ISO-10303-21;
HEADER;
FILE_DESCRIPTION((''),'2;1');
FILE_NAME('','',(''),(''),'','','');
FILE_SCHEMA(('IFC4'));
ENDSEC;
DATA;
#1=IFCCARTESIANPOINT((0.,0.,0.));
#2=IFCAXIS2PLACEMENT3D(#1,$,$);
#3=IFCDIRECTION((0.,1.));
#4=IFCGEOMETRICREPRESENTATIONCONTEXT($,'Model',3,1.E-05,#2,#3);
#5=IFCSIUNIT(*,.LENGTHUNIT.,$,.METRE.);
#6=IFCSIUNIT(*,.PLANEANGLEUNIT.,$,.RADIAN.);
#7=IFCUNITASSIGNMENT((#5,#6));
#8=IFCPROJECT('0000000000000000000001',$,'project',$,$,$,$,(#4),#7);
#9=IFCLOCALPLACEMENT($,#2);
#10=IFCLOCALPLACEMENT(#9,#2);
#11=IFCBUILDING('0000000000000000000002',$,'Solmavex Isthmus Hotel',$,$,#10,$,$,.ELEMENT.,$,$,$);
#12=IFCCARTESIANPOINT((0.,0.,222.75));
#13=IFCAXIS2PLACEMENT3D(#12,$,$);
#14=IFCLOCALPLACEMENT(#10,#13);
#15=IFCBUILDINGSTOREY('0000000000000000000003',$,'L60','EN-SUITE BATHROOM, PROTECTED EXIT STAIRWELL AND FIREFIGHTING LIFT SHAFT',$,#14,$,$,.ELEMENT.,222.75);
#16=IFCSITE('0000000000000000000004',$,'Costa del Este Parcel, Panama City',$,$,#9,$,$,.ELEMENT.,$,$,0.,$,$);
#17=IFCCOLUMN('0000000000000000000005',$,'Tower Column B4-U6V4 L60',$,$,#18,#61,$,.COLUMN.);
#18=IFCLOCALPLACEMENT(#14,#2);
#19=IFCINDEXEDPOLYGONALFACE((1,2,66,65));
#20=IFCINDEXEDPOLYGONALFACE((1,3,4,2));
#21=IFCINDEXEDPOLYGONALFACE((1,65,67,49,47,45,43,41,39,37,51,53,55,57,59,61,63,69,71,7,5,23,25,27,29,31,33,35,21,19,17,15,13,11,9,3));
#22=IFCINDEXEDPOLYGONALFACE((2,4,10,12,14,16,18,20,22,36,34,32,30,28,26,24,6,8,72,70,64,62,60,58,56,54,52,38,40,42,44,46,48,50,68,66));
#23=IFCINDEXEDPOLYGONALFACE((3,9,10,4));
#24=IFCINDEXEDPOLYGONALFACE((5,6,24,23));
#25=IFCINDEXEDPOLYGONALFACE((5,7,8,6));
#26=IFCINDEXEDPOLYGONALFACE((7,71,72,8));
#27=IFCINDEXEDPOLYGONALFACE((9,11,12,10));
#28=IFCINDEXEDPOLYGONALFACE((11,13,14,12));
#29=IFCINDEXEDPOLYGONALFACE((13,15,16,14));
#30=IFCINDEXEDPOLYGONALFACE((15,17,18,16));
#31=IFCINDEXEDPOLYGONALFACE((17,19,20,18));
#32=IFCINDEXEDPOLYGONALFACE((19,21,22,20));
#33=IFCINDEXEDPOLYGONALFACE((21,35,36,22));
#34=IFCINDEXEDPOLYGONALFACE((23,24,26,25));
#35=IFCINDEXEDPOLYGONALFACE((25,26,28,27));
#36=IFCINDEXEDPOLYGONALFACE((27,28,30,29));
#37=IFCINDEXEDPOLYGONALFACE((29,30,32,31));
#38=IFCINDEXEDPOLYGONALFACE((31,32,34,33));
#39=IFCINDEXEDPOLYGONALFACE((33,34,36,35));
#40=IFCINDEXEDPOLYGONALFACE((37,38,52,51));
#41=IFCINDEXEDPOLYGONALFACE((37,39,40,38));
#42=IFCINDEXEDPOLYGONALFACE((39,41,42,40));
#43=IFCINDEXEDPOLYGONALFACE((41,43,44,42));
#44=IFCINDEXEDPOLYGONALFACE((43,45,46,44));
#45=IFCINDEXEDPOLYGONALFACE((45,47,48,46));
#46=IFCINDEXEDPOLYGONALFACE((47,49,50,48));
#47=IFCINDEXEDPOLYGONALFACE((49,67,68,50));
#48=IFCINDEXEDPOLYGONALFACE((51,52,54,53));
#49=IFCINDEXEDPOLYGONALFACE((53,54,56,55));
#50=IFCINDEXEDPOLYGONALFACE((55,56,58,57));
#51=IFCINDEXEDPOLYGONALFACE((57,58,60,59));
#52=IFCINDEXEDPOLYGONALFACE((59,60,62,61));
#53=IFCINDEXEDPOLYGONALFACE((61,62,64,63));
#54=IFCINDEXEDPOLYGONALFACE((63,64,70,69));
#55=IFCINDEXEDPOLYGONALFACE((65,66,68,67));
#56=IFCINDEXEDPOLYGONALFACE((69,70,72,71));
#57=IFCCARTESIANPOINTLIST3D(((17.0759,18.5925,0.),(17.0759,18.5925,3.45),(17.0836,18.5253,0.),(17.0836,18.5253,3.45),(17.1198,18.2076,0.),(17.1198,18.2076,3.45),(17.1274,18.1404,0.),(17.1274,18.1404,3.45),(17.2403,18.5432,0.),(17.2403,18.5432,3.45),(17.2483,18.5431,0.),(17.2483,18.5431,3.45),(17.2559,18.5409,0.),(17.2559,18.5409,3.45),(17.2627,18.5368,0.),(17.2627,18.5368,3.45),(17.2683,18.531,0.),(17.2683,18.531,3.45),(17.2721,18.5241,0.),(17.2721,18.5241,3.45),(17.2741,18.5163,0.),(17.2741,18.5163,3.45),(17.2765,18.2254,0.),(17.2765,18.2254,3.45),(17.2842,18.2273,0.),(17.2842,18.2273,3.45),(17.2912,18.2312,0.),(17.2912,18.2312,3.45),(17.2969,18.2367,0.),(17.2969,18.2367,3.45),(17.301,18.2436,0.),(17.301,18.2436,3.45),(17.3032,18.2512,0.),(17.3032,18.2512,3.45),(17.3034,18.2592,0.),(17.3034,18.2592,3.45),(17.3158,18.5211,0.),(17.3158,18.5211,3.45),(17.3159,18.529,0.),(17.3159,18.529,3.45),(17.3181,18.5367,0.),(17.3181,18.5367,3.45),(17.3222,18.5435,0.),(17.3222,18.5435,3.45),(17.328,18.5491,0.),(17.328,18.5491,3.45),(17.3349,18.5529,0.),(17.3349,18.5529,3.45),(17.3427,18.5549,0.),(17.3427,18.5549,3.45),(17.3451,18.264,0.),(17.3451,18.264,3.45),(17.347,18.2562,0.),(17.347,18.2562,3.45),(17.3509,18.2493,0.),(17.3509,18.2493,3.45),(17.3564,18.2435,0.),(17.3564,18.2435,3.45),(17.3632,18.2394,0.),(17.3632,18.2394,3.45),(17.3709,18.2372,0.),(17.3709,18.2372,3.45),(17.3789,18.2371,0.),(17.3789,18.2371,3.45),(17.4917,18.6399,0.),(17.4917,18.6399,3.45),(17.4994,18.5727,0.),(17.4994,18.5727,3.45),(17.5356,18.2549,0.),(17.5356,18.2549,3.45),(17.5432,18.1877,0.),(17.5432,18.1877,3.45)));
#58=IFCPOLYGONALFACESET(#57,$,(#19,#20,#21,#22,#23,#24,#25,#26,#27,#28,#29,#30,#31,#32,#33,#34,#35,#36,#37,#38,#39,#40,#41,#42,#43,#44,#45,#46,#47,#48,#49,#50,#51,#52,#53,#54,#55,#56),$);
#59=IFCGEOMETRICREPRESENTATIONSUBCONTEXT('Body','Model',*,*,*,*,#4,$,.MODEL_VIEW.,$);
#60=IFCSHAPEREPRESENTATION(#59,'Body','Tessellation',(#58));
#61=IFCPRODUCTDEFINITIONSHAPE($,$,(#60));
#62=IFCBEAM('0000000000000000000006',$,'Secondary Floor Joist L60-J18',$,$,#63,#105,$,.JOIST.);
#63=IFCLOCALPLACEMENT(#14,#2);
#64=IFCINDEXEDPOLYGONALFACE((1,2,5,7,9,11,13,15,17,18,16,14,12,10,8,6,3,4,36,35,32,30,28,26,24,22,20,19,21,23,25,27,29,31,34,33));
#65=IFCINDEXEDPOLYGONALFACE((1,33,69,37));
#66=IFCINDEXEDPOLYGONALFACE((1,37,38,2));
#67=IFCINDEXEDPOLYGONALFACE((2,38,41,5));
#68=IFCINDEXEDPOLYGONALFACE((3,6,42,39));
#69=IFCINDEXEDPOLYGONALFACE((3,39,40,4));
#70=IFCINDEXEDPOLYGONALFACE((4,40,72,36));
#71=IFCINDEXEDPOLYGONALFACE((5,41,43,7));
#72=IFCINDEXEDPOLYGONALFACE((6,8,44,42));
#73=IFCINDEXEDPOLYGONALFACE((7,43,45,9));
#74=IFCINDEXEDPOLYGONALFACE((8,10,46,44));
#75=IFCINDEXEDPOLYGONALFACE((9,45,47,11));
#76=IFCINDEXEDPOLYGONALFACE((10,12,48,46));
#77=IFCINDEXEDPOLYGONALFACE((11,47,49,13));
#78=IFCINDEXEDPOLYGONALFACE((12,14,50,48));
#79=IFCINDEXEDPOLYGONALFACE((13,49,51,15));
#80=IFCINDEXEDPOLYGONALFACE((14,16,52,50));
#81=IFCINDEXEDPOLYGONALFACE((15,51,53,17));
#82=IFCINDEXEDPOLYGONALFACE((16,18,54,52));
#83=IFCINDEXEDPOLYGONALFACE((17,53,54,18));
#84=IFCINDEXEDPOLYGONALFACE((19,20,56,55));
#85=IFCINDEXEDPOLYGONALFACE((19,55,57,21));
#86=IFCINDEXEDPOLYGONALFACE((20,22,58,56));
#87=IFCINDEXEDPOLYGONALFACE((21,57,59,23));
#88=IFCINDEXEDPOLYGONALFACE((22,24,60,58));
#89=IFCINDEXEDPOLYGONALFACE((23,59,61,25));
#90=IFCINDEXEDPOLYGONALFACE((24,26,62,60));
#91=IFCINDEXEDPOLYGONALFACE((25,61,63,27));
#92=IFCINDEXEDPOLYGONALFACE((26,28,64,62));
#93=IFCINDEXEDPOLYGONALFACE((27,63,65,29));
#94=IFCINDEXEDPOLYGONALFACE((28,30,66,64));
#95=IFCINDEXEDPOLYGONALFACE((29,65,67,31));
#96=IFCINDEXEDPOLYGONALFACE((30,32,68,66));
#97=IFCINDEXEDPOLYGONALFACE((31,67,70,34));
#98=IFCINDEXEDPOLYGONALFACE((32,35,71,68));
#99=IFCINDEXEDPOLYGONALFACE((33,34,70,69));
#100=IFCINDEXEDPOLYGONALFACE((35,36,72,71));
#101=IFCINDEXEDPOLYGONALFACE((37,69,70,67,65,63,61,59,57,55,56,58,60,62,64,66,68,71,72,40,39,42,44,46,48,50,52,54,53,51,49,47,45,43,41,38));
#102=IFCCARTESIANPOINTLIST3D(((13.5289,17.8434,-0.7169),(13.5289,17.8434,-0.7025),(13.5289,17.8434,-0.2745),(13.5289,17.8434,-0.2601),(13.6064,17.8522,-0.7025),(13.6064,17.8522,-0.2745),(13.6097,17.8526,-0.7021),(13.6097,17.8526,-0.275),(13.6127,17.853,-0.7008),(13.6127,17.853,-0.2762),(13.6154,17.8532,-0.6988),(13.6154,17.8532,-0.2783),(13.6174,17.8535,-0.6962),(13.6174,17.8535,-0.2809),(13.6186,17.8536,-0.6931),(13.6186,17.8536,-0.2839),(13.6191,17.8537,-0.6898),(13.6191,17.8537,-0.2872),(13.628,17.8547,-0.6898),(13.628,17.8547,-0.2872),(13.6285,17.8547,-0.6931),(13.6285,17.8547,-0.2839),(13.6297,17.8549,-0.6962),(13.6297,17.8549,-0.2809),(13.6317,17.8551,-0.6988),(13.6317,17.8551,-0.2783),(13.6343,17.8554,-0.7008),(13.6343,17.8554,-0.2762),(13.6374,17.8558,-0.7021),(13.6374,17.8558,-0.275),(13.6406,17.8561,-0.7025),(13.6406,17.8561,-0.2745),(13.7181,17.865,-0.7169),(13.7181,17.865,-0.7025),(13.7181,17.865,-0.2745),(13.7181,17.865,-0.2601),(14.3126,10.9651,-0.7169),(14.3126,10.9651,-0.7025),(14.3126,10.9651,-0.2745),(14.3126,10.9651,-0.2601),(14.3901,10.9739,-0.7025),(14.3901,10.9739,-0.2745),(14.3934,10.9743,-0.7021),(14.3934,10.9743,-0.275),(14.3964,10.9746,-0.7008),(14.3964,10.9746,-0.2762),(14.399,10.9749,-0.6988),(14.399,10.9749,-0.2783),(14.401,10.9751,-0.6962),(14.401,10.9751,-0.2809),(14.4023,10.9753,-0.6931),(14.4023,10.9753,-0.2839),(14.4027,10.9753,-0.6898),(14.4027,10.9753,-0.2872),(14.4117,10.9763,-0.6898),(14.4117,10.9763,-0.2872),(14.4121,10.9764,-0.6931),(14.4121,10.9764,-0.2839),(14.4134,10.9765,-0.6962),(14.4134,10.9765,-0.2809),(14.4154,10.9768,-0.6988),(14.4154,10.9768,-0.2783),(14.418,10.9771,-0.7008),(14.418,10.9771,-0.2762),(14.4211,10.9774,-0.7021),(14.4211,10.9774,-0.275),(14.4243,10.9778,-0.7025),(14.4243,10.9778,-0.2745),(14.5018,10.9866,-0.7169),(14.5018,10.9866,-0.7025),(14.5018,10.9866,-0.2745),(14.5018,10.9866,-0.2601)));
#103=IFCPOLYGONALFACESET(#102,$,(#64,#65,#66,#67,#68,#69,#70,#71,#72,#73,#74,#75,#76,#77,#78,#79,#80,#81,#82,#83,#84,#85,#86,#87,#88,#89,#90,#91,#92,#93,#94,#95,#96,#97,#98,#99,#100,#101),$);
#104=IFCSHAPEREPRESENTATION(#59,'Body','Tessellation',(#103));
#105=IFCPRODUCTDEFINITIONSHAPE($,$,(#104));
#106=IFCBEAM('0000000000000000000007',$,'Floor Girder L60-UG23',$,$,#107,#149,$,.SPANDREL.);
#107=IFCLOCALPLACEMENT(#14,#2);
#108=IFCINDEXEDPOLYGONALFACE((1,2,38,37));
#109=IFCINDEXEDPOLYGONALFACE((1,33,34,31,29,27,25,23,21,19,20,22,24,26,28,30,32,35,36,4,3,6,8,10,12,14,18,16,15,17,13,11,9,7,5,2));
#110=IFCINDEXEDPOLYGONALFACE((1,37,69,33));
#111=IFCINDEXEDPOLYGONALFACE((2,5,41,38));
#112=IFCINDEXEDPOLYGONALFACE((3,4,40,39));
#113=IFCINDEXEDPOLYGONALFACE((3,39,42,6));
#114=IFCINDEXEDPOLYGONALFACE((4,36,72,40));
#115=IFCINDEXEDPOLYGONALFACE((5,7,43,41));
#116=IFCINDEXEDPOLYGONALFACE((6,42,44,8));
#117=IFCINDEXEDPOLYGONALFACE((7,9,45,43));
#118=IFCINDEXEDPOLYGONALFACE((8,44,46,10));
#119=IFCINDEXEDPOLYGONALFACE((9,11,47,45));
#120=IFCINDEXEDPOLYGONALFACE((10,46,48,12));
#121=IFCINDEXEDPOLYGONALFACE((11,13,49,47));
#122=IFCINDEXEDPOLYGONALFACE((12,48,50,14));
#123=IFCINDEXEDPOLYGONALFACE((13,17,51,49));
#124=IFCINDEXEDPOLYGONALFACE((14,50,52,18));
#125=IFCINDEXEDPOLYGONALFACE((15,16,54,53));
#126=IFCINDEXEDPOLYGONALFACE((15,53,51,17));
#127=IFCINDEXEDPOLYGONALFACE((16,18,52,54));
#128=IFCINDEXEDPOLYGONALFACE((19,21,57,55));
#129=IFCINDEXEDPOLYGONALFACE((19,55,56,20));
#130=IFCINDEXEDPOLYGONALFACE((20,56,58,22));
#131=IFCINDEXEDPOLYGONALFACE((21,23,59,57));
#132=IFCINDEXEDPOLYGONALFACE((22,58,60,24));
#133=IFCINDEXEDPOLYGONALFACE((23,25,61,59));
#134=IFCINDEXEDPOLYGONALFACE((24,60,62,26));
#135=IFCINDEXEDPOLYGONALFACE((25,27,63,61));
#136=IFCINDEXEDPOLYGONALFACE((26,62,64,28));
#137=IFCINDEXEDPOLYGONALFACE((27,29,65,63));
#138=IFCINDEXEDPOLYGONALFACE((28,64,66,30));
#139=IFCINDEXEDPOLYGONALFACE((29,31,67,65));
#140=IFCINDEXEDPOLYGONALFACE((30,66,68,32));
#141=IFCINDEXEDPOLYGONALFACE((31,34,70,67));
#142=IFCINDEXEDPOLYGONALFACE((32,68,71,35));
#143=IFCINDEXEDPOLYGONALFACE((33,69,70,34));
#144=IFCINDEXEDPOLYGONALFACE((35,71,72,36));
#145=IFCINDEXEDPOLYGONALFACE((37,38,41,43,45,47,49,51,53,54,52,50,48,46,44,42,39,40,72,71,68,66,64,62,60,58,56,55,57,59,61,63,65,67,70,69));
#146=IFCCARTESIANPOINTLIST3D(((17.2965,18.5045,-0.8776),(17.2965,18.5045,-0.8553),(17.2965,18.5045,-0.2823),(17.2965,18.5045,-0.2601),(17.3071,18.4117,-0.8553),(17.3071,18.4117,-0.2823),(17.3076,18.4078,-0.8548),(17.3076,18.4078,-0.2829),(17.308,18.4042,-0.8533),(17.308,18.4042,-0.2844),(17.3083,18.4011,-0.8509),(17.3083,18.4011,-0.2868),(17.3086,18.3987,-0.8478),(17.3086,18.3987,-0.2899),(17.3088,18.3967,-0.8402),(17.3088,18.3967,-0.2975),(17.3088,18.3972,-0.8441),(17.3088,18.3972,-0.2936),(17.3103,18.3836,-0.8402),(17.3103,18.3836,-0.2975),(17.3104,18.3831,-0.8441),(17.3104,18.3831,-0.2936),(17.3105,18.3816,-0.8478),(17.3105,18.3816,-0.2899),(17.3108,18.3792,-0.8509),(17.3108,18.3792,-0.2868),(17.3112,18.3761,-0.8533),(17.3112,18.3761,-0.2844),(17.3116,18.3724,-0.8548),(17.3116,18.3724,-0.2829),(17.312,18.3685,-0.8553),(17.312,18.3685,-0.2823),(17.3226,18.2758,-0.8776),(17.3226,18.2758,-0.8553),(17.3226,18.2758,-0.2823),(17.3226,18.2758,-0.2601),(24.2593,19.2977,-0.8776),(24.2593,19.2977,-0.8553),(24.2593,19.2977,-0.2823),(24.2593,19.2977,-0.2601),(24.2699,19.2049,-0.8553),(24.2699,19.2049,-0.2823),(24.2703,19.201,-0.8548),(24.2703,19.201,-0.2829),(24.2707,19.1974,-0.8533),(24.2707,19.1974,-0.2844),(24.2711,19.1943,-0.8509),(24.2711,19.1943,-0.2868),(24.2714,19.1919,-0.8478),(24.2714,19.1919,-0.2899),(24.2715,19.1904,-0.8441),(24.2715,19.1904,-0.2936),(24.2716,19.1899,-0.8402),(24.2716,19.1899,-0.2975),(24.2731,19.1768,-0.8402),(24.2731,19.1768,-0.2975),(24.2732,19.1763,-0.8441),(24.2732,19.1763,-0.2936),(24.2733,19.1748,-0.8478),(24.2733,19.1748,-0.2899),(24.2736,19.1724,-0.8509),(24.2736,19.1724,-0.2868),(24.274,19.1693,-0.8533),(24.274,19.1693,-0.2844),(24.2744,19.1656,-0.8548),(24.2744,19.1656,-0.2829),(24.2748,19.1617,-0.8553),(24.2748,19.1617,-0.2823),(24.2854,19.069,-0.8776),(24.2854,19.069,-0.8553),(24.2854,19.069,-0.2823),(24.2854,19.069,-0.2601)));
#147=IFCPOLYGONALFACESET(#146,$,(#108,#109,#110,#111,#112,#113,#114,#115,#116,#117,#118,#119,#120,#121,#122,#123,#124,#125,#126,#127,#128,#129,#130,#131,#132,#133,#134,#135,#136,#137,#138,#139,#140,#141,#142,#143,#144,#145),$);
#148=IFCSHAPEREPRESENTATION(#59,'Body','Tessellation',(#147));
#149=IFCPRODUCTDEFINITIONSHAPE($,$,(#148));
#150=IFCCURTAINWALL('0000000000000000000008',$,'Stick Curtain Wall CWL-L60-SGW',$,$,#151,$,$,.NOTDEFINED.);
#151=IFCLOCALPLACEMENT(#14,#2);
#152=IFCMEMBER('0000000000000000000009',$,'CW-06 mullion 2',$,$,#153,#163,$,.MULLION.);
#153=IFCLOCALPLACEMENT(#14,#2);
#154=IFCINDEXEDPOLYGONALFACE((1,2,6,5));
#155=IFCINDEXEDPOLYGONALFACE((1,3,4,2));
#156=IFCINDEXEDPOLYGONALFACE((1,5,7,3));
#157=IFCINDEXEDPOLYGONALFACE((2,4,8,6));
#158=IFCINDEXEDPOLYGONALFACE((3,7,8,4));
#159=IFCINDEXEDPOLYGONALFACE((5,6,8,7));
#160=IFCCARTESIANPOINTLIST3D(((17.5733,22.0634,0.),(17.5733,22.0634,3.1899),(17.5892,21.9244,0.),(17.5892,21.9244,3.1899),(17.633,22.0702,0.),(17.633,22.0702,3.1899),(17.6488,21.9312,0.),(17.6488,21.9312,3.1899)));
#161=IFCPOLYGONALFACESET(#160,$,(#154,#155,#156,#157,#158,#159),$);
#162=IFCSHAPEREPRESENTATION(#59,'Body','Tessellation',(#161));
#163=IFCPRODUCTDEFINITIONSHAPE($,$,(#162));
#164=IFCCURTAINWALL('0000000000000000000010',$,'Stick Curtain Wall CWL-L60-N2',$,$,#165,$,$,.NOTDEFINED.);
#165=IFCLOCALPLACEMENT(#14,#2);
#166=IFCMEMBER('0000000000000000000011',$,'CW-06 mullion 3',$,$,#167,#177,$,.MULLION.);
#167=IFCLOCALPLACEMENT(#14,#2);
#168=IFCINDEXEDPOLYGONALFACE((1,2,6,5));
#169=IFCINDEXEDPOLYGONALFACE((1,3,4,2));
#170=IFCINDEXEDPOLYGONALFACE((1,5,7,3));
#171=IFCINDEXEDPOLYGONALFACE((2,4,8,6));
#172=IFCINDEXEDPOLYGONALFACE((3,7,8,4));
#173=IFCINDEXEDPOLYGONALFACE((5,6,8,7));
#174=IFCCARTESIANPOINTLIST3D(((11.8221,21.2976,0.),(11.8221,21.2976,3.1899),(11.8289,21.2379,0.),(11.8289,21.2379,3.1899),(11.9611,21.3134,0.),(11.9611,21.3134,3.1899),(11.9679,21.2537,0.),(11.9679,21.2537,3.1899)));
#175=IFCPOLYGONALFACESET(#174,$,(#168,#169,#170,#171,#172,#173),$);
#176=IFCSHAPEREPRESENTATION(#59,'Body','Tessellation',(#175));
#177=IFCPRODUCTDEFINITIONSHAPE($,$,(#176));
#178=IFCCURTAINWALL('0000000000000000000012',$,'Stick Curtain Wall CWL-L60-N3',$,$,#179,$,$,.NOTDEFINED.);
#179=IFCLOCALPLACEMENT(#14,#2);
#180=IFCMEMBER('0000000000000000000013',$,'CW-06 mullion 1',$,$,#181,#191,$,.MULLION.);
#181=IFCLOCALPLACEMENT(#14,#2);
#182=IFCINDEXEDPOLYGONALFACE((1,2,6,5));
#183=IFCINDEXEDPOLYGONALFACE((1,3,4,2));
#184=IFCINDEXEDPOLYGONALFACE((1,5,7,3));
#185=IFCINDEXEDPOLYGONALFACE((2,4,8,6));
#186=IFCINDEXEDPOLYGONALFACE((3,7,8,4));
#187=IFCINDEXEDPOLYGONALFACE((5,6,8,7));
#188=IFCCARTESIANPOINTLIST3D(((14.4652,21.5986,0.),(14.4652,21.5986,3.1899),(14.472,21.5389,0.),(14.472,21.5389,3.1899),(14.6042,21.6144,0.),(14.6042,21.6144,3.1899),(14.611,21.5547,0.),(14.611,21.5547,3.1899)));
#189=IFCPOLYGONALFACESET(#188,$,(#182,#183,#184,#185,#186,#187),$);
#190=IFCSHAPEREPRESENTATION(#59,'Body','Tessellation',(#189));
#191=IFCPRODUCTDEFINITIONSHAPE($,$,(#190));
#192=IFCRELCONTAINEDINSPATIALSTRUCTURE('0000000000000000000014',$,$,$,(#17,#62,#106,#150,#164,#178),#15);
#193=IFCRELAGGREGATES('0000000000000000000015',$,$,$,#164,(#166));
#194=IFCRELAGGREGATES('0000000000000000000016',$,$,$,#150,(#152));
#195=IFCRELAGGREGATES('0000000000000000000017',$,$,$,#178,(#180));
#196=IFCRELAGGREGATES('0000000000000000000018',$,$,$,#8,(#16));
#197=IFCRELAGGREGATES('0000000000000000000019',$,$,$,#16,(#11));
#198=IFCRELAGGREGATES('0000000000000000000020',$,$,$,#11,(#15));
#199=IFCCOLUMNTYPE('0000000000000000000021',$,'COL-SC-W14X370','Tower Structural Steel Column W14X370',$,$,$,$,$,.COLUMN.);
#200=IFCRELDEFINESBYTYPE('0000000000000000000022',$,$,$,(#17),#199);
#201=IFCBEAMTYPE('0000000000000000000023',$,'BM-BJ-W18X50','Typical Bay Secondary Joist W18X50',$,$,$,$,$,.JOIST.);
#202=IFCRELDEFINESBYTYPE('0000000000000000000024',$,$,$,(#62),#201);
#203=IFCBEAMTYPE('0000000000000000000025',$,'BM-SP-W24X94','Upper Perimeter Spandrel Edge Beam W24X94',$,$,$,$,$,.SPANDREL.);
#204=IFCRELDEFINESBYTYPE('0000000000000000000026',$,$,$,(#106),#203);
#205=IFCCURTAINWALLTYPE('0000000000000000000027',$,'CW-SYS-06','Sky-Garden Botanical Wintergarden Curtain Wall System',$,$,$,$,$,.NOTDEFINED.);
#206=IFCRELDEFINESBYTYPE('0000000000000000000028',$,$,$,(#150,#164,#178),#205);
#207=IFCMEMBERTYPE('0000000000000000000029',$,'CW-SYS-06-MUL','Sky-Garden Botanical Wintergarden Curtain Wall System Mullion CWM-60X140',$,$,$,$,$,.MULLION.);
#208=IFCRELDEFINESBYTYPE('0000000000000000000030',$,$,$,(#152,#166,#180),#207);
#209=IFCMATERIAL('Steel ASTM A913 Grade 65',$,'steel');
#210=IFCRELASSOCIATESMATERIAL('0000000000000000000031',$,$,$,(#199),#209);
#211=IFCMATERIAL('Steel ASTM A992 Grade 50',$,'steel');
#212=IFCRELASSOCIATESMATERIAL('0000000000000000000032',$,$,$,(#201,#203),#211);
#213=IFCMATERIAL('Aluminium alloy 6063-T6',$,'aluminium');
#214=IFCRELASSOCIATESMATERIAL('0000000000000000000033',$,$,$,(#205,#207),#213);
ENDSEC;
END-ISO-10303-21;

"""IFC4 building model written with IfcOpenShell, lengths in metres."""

from ifc_helpers import new_model, si_unit, direction, frame, origin, origin_2d, place, context, subcontext, project, spatial, rectangle, i_section, extrude, material, material_profile, profile_set, type_object, element, aggregate, save


model = new_model("IFC4")

# Units and contexts
model_context = context("Model", 3, precision=1e-05, world=origin(), true_north=direction((0.0, 1.0)))
body_context = subcontext(model_context, "Body", "Model", "MODEL_VIEW")
ifc_project = project(units=[si_unit("LENGTHUNIT", "METRE"), si_unit("PLANEANGLEUNIT", "RADIAN")], contexts=[model_context])

# Site, building, storey
site_placement = place(None, origin())
site = spatial("IfcSite", under=ifc_project, at=site_placement, Name="Costa del Este Parcel, Panama City", CompositionType="ELEMENT", RefElevation=0.0)
building_placement = place(site_placement, origin())
building = spatial("IfcBuilding", under=site, at=building_placement, Name="Solmavex Isthmus Hotel", CompositionType="ELEMENT")
storey_placement = place(building_placement, frame((0.0, 0.0, 222.75)))
storey = spatial("IfcBuildingStorey", under=building, at=storey_placement, Name="L60", Description="EN-SUITE BATHROOM, PROTECTED EXIT STAIRWELL AND FIREFIGHTING LIFT SHAFT", CompositionType="ELEMENT", Elevation=222.75)

# Column
ifc_material_1 = material(Name="Steel ASTM A913 Grade 65", Category="steel")
ifc_material_profile_1 = material_profile(ifc_material_1, i_section(OverallWidth=0.4185, OverallDepth=0.4551, WebThickness=0.042, FlangeThickness=0.0676, FilletRadius=0.0305, at=origin_2d()), Name="W14X370")
ifc_profile_set_1 = profile_set([ifc_material_profile_1], Name="Steel ASTM A913 Grade 65")
column_type = type_object("IfcColumnType", Name="COL-SC-W14X370", Description="Tower Structural Steel Column W14X370", PredefinedType="COLUMN", material=ifc_profile_set_1)
column_placement = place(storey_placement, frame((17.3096, 18.3901, 0.0), z_axis=(0.0, 0.0, 1.0), x_axis=(0.993572, 0.113203, 0.0)))
element("IfcColumn", 1, at=column_placement, inside=storey, type_object=column_type, Name="Tower Column B4-U6V4 L60", PredefinedType="COLUMN", context=body_context, shape_type="SweptSolid", body=[
    extrude(i_section(OverallWidth=0.4185, OverallDepth=0.4551, WebThickness=0.042, FlangeThickness=0.0676, FilletRadius=0.0305, at=origin_2d()), origin(), (0.0, 0.0, 1.0), 3.45),
])

# Beams
ifc_material_2 = material(Name="Steel ASTM A992 Grade 50", Category="steel")
ifc_material_profile_2 = material_profile(ifc_material_2, i_section(OverallWidth=0.1904, OverallDepth=0.4568, WebThickness=0.009, FlangeThickness=0.0144, FilletRadius=0.0127, at=origin_2d()), Name="W18X50")
ifc_profile_set_2 = profile_set([ifc_material_profile_2], Name="Steel ASTM A992 Grade 50")
beam_type_1 = type_object("IfcBeamType", Name="BM-BJ-W18X50", Description="Typical Bay Secondary Joist W18X50", PredefinedType="JOIST", material=ifc_profile_set_2)
beam_1_placement = place(storey_placement, frame((14.4072, 10.9758, -0.4885), z_axis=(-0.113202, 0.993572, 0.0), x_axis=(-0.993572, -0.113202, 0.0)))
element("IfcBeam", 2, at=beam_1_placement, inside=storey, type_object=beam_type_1, Name="Secondary Floor Joist L60-J18", PredefinedType="JOIST", context=body_context, shape_type="SweptSolid", body=[
    extrude(i_section(OverallWidth=0.1904, OverallDepth=0.4568, WebThickness=0.009, FlangeThickness=0.0144, FilletRadius=0.0127, at=origin_2d()), origin(), (0.0, 0.0, 1.0), 6.9229),
])
ifc_material_profile_3 = material_profile(ifc_material_2, i_section(OverallWidth=0.2302, OverallDepth=0.6174, WebThickness=0.0132, FlangeThickness=0.0222, FilletRadius=0.0151, at=origin_2d()), Name="W24X94")
ifc_profile_set_3 = profile_set([ifc_material_profile_3], Name="Steel ASTM A992 Grade 50")
beam_type_2 = type_object("IfcBeamType", Name="BM-SP-W24X94", Description="Upper Perimeter Spandrel Edge Beam W24X94", PredefinedType="SPANDREL", material=ifc_profile_set_3)
beam_2_placement = place(storey_placement, frame((17.3096, 18.3901, -0.5688), z_axis=(0.993574, 0.113188, 0.0), x_axis=(-0.113188, 0.993574, 0.0)))
element("IfcBeam", 3, at=beam_2_placement, inside=storey, type_object=beam_type_2, Name="Floor Girder L60-UG23", PredefinedType="SPANDREL", context=body_context, shape_type="SweptSolid", body=[
    extrude(i_section(OverallWidth=0.2302, OverallDepth=0.6174, WebThickness=0.0132, FlangeThickness=0.0222, FilletRadius=0.0151, at=origin_2d()), origin(), (0.0, 0.0, 1.0), 7.0078),
])

# Curtain walls, members
ifc_material_3 = material(Name="Aluminium alloy 6063-T6", Category="aluminium")
curtain_wall_type = type_object("IfcCurtainWallType", Name="CW-SYS-06", Description="Sky-Garden Botanical Wintergarden Curtain Wall System", PredefinedType="NOTDEFINED", material=ifc_material_3)
curtain_wall_1_placement = place(storey_placement, origin())
curtain_wall_1 = element("IfcCurtainWall", 4, at=curtain_wall_1_placement, inside=storey, type_object=curtain_wall_type, Name="Stick Curtain Wall CWL-L60-SGW", PredefinedType="NOTDEFINED")
ifc_material_profile_4 = material_profile(ifc_material_3, rectangle(XDim=0.0601, YDim=0.1399, at=origin_2d()), Name="CWM-60X140")
ifc_profile_set_4 = profile_set([ifc_material_profile_4], Name="Aluminium alloy 6063-T6")
member_type_1 = type_object("IfcMemberType", Name="CW-SYS-06-MUL", Description="Sky-Garden Botanical Wintergarden Curtain Wall System Mullion CWM-60X140", PredefinedType="MULLION", material=ifc_profile_set_4)
member_1_placement = place(storey_placement, frame((17.6111, 21.9973, 0.0), z_axis=(0.0, 0.0, 1.0), x_axis=(-0.993572, -0.113202, 0.0)))
member_1 = element("IfcMember", 5, at=member_1_placement, type_object=member_type_1, Name="CW-06 mullion 2", PredefinedType="MULLION", context=body_context, shape_type="SweptSolid", body=[
    extrude(rectangle(XDim=0.0601, YDim=0.1399, at=origin_2d()), origin(), (0.0, 0.0, 1.0), 3.1899),
])
curtain_wall_2_placement = place(storey_placement, origin())
curtain_wall_2 = element("IfcCurtainWall", 6, at=curtain_wall_2_placement, inside=storey, type_object=curtain_wall_type, Name="Stick Curtain Wall CWL-L60-N2", PredefinedType="NOTDEFINED")
member_2_placement = place(storey_placement, frame((11.895, 21.2756, 0.0), z_axis=(0.0, 0.0, 1.0), x_axis=(-0.113203, 0.993572, 0.0)))
member_2 = element("IfcMember", 7, at=member_2_placement, type_object=member_type_1, Name="CW-06 mullion 3", PredefinedType="MULLION", context=body_context, shape_type="SweptSolid", body=[
    extrude(rectangle(XDim=0.0601, YDim=0.1399, at=origin_2d()), origin(), (0.0, 0.0, 1.0), 3.1899),
])
aggregate(curtain_wall_2, [member_2])

# Curtain wall, member
curtain_wall_3_placement = place(storey_placement, origin())
curtain_wall_3 = element("IfcCurtainWall", 8, at=curtain_wall_3_placement, inside=storey, type_object=curtain_wall_type, Name="Stick Curtain Wall CWL-L60-N3", PredefinedType="NOTDEFINED")
member_3_placement = place(storey_placement, frame((14.5381, 21.5767, 0.0), z_axis=(0.0, 0.0, 1.0), x_axis=(-0.113203, 0.993572, 0.0)))
member_3 = element("IfcMember", 9, at=member_3_placement, type_object=member_type_1, Name="CW-06 mullion 1", PredefinedType="MULLION", context=body_context, shape_type="SweptSolid", body=[
    extrude(rectangle(XDim=0.0601, YDim=0.1399, at=origin_2d()), origin(), (0.0, 0.0, 1.0), 3.1899),
])

aggregate(curtain_wall_1, [member_1])
aggregate(curtain_wall_3, [member_3])

save(model, "model.ifc")
